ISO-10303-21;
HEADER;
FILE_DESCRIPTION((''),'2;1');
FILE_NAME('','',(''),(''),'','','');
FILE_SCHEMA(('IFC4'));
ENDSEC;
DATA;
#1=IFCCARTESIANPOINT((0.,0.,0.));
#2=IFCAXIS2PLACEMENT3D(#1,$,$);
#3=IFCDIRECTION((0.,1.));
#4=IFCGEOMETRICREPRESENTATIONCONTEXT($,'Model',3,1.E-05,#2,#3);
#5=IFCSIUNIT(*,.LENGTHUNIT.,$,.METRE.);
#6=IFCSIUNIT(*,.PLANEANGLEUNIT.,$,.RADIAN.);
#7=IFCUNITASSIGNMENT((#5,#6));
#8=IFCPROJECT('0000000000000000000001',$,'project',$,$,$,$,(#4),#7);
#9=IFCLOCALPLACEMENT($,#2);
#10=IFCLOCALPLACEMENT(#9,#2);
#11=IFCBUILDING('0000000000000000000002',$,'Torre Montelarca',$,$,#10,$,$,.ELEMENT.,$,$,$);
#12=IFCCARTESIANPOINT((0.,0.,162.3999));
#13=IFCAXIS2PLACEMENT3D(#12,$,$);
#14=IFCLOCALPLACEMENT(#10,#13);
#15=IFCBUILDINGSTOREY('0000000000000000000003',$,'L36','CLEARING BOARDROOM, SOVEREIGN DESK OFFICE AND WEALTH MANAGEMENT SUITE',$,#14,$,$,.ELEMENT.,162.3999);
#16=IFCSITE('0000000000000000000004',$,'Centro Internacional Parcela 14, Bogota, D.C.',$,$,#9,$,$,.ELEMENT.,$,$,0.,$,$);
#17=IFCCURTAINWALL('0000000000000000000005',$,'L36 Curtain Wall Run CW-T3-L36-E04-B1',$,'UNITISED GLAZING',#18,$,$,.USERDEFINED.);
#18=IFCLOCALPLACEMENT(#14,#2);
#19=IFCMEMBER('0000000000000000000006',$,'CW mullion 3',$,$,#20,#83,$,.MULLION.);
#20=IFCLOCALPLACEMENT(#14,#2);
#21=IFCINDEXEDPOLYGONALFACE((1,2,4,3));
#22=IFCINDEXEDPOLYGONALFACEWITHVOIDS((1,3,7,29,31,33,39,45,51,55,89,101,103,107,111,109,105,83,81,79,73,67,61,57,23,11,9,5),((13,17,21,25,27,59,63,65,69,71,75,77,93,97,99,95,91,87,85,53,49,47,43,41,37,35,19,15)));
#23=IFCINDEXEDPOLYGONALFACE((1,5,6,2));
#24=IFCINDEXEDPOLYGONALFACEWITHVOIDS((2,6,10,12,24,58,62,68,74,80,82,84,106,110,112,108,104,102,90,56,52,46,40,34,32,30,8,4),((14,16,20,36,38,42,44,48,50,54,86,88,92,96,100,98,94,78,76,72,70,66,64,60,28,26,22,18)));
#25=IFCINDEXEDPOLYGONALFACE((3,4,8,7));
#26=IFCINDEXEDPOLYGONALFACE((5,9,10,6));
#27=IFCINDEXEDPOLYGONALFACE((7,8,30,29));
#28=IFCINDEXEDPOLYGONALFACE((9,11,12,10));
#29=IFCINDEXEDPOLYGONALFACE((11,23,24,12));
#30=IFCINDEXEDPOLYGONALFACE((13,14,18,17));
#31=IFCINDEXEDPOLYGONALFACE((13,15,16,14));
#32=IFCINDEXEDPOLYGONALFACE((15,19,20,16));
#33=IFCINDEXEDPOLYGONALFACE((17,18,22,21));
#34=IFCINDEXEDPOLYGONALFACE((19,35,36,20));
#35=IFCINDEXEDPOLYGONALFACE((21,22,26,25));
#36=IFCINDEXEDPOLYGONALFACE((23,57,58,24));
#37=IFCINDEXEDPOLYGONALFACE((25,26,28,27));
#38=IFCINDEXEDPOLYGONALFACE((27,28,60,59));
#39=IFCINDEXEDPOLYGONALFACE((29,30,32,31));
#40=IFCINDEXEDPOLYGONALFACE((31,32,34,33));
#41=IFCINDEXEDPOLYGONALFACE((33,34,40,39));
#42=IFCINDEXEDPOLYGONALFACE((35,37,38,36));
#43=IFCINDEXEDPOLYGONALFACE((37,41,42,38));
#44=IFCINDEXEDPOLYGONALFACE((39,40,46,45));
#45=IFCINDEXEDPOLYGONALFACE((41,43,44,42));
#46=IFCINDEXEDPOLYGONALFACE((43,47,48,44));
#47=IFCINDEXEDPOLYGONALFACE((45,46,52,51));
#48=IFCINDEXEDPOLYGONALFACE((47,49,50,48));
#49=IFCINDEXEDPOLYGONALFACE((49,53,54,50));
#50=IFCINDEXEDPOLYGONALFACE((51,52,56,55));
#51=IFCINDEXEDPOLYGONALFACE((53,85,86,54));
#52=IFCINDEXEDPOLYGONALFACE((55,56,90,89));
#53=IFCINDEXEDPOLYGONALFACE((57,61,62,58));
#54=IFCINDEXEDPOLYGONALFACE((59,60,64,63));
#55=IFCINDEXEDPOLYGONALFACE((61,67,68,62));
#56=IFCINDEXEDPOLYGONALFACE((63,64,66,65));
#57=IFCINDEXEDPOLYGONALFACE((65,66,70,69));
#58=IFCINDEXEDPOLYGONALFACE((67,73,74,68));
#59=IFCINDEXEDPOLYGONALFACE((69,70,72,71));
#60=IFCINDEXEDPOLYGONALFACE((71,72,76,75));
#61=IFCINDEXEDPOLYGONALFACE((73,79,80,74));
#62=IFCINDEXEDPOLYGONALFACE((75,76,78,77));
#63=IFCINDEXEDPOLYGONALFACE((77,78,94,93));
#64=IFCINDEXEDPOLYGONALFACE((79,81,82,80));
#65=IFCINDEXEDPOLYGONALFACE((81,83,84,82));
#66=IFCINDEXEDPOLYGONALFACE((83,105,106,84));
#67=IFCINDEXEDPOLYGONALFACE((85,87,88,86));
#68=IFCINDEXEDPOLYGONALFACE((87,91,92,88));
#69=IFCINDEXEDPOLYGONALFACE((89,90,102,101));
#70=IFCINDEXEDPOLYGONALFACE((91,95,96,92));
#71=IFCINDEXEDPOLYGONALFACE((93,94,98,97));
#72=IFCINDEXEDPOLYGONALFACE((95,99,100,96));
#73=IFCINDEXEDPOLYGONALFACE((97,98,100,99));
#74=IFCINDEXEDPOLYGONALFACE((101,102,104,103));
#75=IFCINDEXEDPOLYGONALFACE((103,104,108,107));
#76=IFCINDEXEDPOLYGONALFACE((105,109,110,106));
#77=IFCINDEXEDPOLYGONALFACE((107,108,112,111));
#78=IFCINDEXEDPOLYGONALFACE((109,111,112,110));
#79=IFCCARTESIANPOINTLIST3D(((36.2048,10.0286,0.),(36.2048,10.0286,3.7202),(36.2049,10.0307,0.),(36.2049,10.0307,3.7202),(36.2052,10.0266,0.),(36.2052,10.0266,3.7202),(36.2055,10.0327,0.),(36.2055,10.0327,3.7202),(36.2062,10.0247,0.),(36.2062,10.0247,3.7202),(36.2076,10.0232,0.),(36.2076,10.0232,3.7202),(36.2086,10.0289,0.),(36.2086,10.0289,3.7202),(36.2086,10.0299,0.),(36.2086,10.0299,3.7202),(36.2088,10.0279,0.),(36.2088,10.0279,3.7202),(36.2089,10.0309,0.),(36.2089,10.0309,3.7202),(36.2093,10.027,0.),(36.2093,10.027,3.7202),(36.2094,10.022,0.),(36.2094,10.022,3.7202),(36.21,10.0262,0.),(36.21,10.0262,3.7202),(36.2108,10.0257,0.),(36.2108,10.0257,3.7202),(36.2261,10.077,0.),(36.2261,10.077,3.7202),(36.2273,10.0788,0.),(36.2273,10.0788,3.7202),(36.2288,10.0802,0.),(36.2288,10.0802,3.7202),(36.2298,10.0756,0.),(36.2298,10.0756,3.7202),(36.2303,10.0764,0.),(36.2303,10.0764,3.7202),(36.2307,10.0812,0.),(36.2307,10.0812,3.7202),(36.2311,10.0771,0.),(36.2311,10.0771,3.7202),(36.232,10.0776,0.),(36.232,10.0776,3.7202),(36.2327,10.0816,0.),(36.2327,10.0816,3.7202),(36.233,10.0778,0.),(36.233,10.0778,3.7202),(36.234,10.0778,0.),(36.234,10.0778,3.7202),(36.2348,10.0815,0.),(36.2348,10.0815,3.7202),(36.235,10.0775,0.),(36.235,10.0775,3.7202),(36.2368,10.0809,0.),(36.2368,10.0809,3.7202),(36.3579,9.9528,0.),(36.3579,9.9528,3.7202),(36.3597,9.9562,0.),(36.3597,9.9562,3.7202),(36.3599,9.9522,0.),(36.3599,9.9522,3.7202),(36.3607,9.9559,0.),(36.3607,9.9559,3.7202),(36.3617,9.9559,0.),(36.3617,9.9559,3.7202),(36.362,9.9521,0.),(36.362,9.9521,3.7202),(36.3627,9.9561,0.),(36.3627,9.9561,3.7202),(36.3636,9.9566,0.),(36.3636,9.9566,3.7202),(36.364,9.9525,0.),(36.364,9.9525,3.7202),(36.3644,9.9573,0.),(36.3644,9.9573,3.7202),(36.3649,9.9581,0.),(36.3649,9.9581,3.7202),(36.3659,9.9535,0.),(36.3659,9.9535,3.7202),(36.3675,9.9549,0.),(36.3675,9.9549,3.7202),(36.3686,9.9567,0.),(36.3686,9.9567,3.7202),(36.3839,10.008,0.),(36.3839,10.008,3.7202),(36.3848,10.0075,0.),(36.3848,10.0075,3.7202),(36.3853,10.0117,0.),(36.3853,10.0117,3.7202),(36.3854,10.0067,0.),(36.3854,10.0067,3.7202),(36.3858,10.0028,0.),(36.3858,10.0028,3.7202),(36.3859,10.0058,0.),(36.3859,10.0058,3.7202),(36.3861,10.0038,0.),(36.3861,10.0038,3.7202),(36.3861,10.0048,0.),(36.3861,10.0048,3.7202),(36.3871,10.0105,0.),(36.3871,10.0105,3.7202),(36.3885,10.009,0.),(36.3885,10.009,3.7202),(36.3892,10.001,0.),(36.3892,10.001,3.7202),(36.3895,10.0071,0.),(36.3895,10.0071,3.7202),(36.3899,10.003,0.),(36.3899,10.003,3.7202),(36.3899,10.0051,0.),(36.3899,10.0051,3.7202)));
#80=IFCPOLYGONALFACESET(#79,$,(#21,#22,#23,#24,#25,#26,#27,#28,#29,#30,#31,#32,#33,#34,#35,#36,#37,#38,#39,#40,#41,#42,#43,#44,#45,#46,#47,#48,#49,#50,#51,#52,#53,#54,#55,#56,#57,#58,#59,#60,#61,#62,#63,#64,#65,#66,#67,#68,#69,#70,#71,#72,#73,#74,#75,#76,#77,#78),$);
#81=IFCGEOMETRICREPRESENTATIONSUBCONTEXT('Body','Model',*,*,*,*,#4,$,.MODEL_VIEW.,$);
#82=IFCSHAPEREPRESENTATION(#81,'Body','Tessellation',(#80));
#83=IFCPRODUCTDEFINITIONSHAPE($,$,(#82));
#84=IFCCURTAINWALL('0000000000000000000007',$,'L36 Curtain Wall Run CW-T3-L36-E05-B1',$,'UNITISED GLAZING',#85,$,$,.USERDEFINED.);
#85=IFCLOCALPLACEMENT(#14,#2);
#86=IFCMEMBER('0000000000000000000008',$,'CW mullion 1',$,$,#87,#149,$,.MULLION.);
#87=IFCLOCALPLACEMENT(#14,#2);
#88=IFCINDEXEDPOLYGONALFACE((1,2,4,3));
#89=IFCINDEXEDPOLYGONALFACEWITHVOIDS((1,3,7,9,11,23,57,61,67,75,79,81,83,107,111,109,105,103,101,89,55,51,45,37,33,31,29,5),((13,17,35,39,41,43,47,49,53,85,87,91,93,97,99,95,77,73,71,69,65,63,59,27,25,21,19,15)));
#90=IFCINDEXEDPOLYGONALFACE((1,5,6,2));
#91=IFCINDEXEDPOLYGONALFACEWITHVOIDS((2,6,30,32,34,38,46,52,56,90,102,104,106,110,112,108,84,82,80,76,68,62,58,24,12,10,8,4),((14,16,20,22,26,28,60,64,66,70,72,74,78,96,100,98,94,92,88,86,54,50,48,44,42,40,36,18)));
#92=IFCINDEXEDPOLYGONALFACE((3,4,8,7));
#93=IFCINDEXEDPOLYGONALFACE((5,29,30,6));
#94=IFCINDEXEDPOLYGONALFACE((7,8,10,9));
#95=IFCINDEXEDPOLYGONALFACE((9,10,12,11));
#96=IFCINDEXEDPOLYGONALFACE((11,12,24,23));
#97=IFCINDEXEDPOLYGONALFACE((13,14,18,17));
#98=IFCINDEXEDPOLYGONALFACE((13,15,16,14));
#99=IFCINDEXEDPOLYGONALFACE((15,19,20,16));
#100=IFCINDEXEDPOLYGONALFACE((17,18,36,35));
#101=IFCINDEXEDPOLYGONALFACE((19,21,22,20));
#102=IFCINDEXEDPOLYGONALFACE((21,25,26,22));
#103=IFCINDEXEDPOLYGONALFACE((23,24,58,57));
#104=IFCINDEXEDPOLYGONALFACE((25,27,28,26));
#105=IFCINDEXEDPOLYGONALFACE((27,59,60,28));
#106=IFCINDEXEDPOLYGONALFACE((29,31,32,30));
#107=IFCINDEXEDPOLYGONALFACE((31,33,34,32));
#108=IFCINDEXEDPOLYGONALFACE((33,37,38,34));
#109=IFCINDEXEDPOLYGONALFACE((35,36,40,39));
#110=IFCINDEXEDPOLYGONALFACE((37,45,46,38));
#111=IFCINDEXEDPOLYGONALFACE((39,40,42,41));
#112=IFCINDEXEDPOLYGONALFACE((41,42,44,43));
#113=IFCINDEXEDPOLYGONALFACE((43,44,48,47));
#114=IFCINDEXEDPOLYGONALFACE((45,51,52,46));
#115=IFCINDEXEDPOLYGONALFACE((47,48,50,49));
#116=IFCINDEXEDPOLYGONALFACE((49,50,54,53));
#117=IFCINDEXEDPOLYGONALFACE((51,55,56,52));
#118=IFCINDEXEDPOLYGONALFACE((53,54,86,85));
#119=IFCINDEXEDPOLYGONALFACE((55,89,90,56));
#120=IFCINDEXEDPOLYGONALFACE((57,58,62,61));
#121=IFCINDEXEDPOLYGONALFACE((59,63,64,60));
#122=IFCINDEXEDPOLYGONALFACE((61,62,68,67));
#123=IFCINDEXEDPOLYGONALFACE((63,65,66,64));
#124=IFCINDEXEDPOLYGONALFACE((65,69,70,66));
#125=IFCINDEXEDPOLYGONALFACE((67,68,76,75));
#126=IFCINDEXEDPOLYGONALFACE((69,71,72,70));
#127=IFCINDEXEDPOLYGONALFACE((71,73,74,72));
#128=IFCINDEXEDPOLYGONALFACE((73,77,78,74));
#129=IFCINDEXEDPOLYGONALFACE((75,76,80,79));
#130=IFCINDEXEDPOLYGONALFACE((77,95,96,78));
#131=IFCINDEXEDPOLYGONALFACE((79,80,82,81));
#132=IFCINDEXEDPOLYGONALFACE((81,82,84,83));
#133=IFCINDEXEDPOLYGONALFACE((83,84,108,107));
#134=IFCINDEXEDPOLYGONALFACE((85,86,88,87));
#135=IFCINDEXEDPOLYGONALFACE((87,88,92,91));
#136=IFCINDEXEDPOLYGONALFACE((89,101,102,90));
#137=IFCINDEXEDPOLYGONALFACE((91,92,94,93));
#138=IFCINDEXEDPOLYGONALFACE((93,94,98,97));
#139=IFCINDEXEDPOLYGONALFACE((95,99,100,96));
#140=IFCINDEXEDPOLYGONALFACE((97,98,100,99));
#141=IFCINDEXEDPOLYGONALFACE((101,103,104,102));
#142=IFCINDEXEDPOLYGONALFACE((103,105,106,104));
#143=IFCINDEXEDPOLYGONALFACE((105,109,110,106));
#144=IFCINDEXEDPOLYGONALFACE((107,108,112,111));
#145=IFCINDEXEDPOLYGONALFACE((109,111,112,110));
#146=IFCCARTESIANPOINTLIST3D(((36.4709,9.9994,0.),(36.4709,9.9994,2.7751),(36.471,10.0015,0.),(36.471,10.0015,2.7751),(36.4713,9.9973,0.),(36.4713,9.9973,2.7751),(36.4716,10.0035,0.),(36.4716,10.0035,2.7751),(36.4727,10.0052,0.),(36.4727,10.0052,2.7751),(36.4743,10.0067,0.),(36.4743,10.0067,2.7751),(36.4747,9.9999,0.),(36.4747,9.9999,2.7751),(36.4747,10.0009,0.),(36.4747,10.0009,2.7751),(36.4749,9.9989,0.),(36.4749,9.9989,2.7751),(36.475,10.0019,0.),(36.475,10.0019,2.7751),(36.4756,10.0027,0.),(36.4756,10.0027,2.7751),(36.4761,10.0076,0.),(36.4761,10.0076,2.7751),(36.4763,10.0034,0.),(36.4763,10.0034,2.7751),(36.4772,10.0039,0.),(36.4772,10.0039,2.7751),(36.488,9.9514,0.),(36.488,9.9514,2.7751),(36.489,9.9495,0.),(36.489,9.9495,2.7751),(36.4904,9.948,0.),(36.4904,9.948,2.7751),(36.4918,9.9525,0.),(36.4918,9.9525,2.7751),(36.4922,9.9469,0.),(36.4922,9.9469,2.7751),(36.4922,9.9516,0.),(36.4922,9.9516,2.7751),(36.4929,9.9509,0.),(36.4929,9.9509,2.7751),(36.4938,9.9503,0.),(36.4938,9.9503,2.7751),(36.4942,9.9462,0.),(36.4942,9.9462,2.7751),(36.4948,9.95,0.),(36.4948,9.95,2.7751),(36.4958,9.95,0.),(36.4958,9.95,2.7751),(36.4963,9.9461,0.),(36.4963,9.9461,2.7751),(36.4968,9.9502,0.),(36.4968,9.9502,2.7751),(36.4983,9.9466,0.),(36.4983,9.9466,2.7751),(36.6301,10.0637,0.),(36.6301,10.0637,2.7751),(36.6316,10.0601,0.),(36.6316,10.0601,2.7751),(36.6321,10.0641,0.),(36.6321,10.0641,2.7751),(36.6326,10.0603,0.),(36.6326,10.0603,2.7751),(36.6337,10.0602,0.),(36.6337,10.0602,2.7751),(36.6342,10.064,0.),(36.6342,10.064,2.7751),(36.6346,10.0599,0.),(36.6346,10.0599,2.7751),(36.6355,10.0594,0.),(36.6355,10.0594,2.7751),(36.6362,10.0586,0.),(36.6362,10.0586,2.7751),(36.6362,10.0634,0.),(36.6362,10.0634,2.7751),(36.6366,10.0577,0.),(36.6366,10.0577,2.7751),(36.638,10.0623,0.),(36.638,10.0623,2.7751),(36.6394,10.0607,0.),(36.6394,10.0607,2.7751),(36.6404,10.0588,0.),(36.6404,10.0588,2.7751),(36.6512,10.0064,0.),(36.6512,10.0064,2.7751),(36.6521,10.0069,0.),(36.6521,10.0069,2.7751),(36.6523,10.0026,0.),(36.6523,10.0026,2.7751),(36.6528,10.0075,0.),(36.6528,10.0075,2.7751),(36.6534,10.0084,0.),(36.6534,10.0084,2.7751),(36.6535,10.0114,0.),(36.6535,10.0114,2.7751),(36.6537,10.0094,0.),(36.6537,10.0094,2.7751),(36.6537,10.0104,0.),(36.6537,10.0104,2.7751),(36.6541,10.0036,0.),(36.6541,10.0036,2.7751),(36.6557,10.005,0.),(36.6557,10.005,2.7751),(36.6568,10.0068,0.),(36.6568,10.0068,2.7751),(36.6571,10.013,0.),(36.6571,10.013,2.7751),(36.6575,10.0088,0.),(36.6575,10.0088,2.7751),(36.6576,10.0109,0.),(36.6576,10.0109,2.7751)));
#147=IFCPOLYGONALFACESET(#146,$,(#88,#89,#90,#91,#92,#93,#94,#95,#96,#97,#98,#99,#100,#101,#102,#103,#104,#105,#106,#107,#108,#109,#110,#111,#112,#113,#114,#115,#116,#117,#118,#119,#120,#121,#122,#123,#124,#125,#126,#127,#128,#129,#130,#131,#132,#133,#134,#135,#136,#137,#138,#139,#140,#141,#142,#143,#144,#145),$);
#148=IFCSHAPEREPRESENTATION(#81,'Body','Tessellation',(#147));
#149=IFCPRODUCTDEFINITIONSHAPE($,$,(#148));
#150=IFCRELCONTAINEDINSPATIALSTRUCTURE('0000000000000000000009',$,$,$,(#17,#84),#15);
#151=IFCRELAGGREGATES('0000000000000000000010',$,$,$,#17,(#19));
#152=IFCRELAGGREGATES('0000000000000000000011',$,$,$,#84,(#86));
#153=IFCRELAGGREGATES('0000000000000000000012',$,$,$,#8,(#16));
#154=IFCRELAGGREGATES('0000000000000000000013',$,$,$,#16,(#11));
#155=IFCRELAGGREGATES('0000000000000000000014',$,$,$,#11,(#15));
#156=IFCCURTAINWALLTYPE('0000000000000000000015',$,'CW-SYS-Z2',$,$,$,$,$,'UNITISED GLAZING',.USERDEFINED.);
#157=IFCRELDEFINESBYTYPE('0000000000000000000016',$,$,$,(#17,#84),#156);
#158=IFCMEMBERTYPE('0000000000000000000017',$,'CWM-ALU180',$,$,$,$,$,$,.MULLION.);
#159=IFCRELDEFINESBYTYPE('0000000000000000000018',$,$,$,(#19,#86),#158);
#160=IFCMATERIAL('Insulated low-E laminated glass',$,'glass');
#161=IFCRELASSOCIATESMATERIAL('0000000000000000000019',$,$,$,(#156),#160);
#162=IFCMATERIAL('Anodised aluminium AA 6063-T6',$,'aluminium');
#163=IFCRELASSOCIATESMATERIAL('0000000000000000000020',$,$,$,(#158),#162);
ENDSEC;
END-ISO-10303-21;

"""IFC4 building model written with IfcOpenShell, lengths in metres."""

from ifc_helpers import new_model, si_unit, direction, frame, origin, origin_2d, place, context, subcontext, project, spatial, hollow_rectangle, extrude, source, transform, mapped, material, material_profile, profile_set, type_object, element, aggregate, save


model = new_model("IFC4")

# Units and contexts
model_context = context("Model", 3, precision=1e-05, world=origin(), true_north=direction((0.0, 1.0)))
body_context = subcontext(model_context, "Body", "Model", "MODEL_VIEW")
ifc_project = project(units=[si_unit("LENGTHUNIT", "METRE"), si_unit("PLANEANGLEUNIT", "RADIAN")], contexts=[model_context])

# Site, building, storey
site_placement = place(None, origin())
site = spatial("IfcSite", under=ifc_project, at=site_placement, Name="Centro Internacional Parcela 14, Bogota, D.C.", CompositionType="ELEMENT", RefElevation=0.0)
building_placement = place(site_placement, origin())
building = spatial("IfcBuilding", under=site, at=building_placement, Name="Torre Montelarca", CompositionType="ELEMENT")
storey_placement = place(building_placement, frame((0.0, 0.0, 162.3999)))
storey = spatial("IfcBuildingStorey", under=building, at=storey_placement, Name="L36", Description="CLEARING BOARDROOM, SOVEREIGN DESK OFFICE AND WEALTH MANAGEMENT SUITE", CompositionType="ELEMENT", Elevation=162.3999)

# Shared definitions
ifc_material_1 = material(Name="Insulated low-E laminated glass", Category="glass")
curtain_wall_type = type_object("IfcCurtainWallType", Name="CW-SYS-Z2", ElementType="UNITISED GLAZING", PredefinedType="USERDEFINED", material=ifc_material_1)
ifc_material_2 = material(Name="Anodised aluminium AA 6063-T6", Category="aluminium")

# Shared definitions
ifc_material_profile_1 = material_profile(ifc_material_2, hollow_rectangle(XDim=0.0649, YDim=0.1799, WallThickness=0.0039, InnerFilletRadius=0.0039, OuterFilletRadius=0.0081, at=origin_2d()), Name="ALU65X180X4", Category="aluminium")
ifc_profile_set_1 = profile_set([ifc_material_profile_1], Name="Anodised aluminium AA 6063-T6")
member_type_1 = type_object("IfcMemberType", Name="CWM-ALU180", PredefinedType="MULLION", material=ifc_profile_set_1)
shared_shape_1 = source(origin(), body_context, "Body", "SweptSolid", [
    extrude(hollow_rectangle(XDim=0.0649, YDim=0.1799, WallThickness=0.0039, InnerFilletRadius=0.0039, OuterFilletRadius=0.0081, at=origin_2d()), origin(), (0.0, 0.0, 1.0), 3.7202),
])

# Curtain wall, member
curtain_wall_1_placement = place(storey_placement, origin())
curtain_wall_1 = element("IfcCurtainWall", 1, at=curtain_wall_1_placement, inside=storey, type_object=curtain_wall_type, Name="L36 Curtain Wall Run CW-T3-L36-E04-B1", ObjectType="UNITISED GLAZING", PredefinedType="USERDEFINED")
member_1_placement = place(storey_placement, frame((36.2974, 10.0168, 0.0), z_axis=(0.0, 0.0, 1.0), x_axis=(0.422602, 0.906315, 0.0)))
member_1 = element("IfcMember", 2, at=member_1_placement, type_object=member_type_1, Name="CW mullion 3", PredefinedType="MULLION", context=body_context, shape_type="MappedRepresentation", body=[
    mapped(shared_shape_1, transform((0.0, 0.0, 0.0), scale=1.0)),
])

# Curtain wall, member
curtain_wall_2_placement = place(storey_placement, origin())
curtain_wall_2 = element("IfcCurtainWall", 3, at=curtain_wall_2_placement, inside=storey, type_object=curtain_wall_type, Name="L36 Curtain Wall Run CW-T3-L36-E05-B1", ObjectType="UNITISED GLAZING", PredefinedType="USERDEFINED")
shared_shape_2 = source(origin(), body_context, "Body", "SweptSolid", [
    extrude(hollow_rectangle(XDim=0.0649, YDim=0.1799, WallThickness=0.0039, InnerFilletRadius=0.0039, OuterFilletRadius=0.0081, at=origin_2d()), origin(), (0.0, 0.0, 1.0), 2.7751),
])
member_2_placement = place(storey_placement, frame((36.5642, 10.0051, 0.0), z_axis=(0.0, 0.0, 1.0), x_axis=(-0.342015, 0.939694, 0.0)))
member_2 = element("IfcMember", 4, at=member_2_placement, type_object=member_type_1, Name="CW mullion 1", PredefinedType="MULLION", context=body_context, shape_type="MappedRepresentation", body=[
    mapped(shared_shape_2, transform((0.0, 0.0, 0.0), scale=1.0)),
])

aggregate(curtain_wall_1, [member_1])
aggregate(curtain_wall_2, [member_2])

save(model, "model.ifc")
